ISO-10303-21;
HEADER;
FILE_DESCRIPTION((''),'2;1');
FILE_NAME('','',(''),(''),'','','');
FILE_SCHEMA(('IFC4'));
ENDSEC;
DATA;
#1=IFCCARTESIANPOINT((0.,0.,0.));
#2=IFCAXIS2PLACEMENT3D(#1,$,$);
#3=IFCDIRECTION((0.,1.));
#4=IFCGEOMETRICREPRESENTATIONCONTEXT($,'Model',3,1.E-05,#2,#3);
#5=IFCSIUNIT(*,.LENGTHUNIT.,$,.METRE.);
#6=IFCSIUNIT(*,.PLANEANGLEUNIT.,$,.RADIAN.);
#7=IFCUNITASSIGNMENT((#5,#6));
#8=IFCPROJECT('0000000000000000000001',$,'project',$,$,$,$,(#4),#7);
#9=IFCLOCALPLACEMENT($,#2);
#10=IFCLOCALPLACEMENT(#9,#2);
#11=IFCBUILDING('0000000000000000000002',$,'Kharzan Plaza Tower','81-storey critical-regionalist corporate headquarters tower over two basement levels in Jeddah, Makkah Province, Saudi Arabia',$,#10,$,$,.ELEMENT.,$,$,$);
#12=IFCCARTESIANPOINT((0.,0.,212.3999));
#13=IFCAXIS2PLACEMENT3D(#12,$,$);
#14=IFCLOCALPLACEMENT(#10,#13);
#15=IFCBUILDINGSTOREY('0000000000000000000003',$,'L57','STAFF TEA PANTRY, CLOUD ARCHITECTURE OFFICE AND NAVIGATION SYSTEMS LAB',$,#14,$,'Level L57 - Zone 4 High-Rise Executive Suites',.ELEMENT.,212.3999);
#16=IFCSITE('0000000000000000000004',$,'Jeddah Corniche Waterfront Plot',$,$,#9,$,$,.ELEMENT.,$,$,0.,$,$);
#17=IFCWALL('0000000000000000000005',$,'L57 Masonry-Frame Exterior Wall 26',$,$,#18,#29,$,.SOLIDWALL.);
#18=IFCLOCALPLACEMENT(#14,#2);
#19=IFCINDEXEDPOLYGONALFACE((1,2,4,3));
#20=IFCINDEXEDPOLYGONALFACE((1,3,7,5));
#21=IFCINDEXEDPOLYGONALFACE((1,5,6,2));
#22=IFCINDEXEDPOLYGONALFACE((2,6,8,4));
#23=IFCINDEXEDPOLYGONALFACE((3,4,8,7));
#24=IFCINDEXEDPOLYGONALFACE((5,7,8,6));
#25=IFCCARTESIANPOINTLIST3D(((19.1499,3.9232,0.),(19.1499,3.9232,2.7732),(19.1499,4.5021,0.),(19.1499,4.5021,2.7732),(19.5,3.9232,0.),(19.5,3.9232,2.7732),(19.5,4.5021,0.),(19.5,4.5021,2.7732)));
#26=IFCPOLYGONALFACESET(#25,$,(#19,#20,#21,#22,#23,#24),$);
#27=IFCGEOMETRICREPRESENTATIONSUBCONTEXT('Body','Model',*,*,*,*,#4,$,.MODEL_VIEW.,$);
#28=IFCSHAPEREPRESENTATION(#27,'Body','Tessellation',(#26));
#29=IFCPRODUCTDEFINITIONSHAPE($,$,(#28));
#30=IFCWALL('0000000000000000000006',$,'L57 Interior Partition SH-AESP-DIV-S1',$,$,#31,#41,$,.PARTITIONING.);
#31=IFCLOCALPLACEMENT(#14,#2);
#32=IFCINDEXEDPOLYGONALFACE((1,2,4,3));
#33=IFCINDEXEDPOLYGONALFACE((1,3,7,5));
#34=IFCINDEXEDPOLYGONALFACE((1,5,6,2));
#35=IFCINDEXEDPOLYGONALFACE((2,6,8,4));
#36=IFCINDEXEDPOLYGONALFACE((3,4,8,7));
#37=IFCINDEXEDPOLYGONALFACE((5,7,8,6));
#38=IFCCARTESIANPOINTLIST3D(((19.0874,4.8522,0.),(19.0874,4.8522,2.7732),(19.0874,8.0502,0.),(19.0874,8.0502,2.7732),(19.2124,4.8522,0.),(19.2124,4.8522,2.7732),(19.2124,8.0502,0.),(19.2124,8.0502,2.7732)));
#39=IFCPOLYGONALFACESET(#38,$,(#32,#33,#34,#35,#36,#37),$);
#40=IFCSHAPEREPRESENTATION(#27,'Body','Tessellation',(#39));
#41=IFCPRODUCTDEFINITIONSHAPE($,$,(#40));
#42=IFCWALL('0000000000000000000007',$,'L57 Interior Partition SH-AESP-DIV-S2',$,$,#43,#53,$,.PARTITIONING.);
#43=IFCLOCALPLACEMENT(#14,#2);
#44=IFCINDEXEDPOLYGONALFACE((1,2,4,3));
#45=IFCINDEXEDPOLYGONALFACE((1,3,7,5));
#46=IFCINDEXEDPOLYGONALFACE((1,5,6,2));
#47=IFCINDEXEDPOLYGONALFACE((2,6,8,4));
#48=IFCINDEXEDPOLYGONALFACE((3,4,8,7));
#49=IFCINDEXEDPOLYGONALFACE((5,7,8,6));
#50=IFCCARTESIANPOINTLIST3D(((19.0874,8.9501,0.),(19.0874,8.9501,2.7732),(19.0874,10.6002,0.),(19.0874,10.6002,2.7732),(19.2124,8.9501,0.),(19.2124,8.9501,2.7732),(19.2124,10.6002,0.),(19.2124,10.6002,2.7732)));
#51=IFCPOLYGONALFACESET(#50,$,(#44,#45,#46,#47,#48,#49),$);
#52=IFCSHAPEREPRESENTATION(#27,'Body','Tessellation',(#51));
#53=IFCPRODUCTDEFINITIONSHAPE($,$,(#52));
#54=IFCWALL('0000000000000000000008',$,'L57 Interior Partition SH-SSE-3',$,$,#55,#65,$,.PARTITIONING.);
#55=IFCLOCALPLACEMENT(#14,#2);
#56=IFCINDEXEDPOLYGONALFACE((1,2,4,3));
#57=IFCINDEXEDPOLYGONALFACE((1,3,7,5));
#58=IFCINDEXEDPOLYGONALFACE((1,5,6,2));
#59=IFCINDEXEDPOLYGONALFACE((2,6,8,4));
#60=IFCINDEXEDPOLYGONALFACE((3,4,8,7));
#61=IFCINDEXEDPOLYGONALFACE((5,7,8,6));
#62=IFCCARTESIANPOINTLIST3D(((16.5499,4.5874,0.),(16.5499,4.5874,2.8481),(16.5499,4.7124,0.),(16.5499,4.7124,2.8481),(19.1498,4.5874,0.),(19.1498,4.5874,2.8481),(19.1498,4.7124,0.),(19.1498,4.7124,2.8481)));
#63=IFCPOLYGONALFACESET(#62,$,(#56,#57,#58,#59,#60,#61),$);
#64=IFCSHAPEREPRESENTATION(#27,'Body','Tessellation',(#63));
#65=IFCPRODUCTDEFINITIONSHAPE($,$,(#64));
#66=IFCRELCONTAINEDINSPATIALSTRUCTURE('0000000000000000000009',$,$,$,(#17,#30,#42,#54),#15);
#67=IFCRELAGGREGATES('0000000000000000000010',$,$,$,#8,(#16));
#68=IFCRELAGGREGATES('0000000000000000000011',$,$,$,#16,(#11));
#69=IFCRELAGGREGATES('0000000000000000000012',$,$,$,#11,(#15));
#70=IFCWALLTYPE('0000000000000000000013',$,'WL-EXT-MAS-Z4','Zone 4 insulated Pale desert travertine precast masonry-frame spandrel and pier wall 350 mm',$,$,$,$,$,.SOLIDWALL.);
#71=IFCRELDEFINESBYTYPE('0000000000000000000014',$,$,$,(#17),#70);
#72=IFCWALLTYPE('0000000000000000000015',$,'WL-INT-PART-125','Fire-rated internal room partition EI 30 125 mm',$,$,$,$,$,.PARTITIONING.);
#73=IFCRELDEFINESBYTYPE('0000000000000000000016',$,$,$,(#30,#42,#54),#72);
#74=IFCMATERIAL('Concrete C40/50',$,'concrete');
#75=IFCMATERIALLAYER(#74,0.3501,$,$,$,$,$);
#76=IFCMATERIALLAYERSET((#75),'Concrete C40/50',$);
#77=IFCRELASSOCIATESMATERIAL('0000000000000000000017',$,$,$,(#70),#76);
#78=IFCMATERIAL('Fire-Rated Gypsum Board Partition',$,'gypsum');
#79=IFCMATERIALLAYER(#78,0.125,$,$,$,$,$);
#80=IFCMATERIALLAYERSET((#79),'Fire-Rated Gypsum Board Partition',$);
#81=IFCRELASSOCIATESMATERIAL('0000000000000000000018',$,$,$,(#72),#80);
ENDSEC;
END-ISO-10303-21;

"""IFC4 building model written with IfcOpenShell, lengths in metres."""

from ifc_helpers import new_model, si_unit, direction, frame, frame_2d, origin, place, context, subcontext, project, spatial, rectangle, extrude, source, transform, mapped, material, layer, layer_set, type_object, element, save


model = new_model("IFC4")

# Units and contexts
model_context = context("Model", 3, precision=1e-05, world=origin(), true_north=direction((0.0, 1.0)))
body_context = subcontext(model_context, "Body", "Model", "MODEL_VIEW")
ifc_project = project(units=[si_unit("LENGTHUNIT", "METRE"), si_unit("PLANEANGLEUNIT", "RADIAN")], contexts=[model_context])

# Site, building, storey
site_placement = place(None, origin())
site = spatial("IfcSite", under=ifc_project, at=site_placement, Name="Jeddah Corniche Waterfront Plot", CompositionType="ELEMENT", RefElevation=0.0)
building_placement = place(site_placement, origin())
building = spatial("IfcBuilding", under=site, at=building_placement, Name="Kharzan Plaza Tower", Description="81-storey critical-regionalist corporate headquarters tower over two basement levels in Jeddah, Makkah Province, Saudi Arabia", CompositionType="ELEMENT")
storey_placement = place(building_placement, frame((0.0, 0.0, 212.3999)))
storey = spatial("IfcBuildingStorey", under=building, at=storey_placement, Name="L57", Description="STAFF TEA PANTRY, CLOUD ARCHITECTURE OFFICE AND NAVIGATION SYSTEMS LAB", LongName="Level L57 - Zone 4 High-Rise Executive Suites", CompositionType="ELEMENT", Elevation=212.3999)

# Shared definitions
ifc_material_1 = material(Name="Concrete C40/50", Category="concrete")
ifc_layer_1 = layer(ifc_material_1, 0.3501)
ifc_layer_set_1 = layer_set([ifc_layer_1], Name="Concrete C40/50")
wall_type_1 = type_object("IfcWallType", Name="WL-EXT-MAS-Z4", Description="Zone 4 insulated Pale desert travertine precast masonry-frame spandrel and pier wall 350 mm", PredefinedType="SOLIDWALL", material=ifc_layer_set_1)

# Shared definitions
ifc_material_2 = material(Name="Fire-Rated Gypsum Board Partition", Category="gypsum")
ifc_layer_2 = layer(ifc_material_2, 0.125)
ifc_layer_set_2 = layer_set([ifc_layer_2], Name="Fire-Rated Gypsum Board Partition")
wall_type_2 = type_object("IfcWallType", Name="WL-INT-PART-125", Description="Fire-rated internal room partition EI 30 125 mm", PredefinedType="PARTITIONING", material=ifc_layer_set_2)

# Walls
shared_shape_1 = source(origin(), body_context, "Body", "SweptSolid", [
    extrude(rectangle(XDim=0.5789, YDim=0.3501, at=frame_2d((0.2896, 0.0))), origin(), (0.0, 0.0, 1.0), 2.7732),
])
wall_1_placement = place(storey_placement, frame((19.325, 3.9231, 0.0), z_axis=(0.0, 0.0, 1.0), x_axis=(0.0, 1.0, 0.0)))
element("IfcWall", 1, at=wall_1_placement, inside=storey, type_object=wall_type_1, Name="L57 Masonry-Frame Exterior Wall 26", PredefinedType="SOLIDWALL", context=body_context, shape_type="MappedRepresentation", body=[
    mapped(shared_shape_1, transform((0.0, 0.0, 0.0), x_axis=(1.0, 0.0, 0.0), y_axis=(0.0, 1.0, 0.0), z_axis=(0.0, 0.0, 1.0))),
])
shared_shape_2 = source(origin(), body_context, "Body", "SweptSolid", [
    extrude(rectangle(XDim=3.198, YDim=0.125, at=frame_2d((1.5991, 0.0))), origin(), (0.0, 0.0, 1.0), 2.7732),
])
wall_2_placement = place(storey_placement, frame((19.1499, 4.8521, 0.0), z_axis=(0.0, 0.0, 1.0), x_axis=(0.0, 1.0, 0.0)))
element("IfcWall", 2, at=wall_2_placement, inside=storey, type_object=wall_type_2, Name="L57 Interior Partition SH-AESP-DIV-S1", PredefinedType="PARTITIONING", context=body_context, shape_type="MappedRepresentation", body=[
    mapped(shared_shape_2, transform((0.0, 0.0, 0.0), x_axis=(1.0, 0.0, 0.0), y_axis=(0.0, 1.0, 0.0), z_axis=(0.0, 0.0, 1.0))),
])
shared_shape_3 = source(origin(), body_context, "Body", "SweptSolid", [
    extrude(rectangle(XDim=1.6501, YDim=0.125, at=frame_2d((0.8252, 0.0))), origin(), (0.0, 0.0, 1.0), 2.7732),
])
wall_3_placement = place(storey_placement, frame((19.1499, 8.95, 0.0), z_axis=(0.0, 0.0, 1.0), x_axis=(0.0, 1.0, 0.0)))
element("IfcWall", 3, at=wall_3_placement, inside=storey, type_object=wall_type_2, Name="L57 Interior Partition SH-AESP-DIV-S2", PredefinedType="PARTITIONING", context=body_context, shape_type="MappedRepresentation", body=[
    mapped(shared_shape_3, transform((0.0, 0.0, 0.0), x_axis=(1.0, 0.0, 0.0), y_axis=(0.0, 1.0, 0.0), z_axis=(0.0, 0.0, 1.0))),
])
shared_shape_4 = source(origin(), body_context, "Body", "SweptSolid", [
    extrude(rectangle(XDim=2.5999, YDim=0.125, at=frame_2d((1.2998, 0.0))), origin(), (0.0, 0.0, 1.0), 2.8481),
])
wall_4_placement = place(storey_placement, frame((16.55, 4.6499, 0.0), z_axis=(0.0, 0.0, 1.0), x_axis=(1.0, 0.0, 0.0)))
element("IfcWall", 4, at=wall_4_placement, inside=storey, type_object=wall_type_2, Name="L57 Interior Partition SH-SSE-3", PredefinedType="PARTITIONING", context=body_context, shape_type="MappedRepresentation", body=[
    mapped(shared_shape_4, transform((0.0, 0.0, 0.0), x_axis=(1.0, 0.0, 0.0), y_axis=(0.0, 1.0, 0.0), z_axis=(0.0, 0.0, 1.0))),
])

save(model, "model.ifc")
